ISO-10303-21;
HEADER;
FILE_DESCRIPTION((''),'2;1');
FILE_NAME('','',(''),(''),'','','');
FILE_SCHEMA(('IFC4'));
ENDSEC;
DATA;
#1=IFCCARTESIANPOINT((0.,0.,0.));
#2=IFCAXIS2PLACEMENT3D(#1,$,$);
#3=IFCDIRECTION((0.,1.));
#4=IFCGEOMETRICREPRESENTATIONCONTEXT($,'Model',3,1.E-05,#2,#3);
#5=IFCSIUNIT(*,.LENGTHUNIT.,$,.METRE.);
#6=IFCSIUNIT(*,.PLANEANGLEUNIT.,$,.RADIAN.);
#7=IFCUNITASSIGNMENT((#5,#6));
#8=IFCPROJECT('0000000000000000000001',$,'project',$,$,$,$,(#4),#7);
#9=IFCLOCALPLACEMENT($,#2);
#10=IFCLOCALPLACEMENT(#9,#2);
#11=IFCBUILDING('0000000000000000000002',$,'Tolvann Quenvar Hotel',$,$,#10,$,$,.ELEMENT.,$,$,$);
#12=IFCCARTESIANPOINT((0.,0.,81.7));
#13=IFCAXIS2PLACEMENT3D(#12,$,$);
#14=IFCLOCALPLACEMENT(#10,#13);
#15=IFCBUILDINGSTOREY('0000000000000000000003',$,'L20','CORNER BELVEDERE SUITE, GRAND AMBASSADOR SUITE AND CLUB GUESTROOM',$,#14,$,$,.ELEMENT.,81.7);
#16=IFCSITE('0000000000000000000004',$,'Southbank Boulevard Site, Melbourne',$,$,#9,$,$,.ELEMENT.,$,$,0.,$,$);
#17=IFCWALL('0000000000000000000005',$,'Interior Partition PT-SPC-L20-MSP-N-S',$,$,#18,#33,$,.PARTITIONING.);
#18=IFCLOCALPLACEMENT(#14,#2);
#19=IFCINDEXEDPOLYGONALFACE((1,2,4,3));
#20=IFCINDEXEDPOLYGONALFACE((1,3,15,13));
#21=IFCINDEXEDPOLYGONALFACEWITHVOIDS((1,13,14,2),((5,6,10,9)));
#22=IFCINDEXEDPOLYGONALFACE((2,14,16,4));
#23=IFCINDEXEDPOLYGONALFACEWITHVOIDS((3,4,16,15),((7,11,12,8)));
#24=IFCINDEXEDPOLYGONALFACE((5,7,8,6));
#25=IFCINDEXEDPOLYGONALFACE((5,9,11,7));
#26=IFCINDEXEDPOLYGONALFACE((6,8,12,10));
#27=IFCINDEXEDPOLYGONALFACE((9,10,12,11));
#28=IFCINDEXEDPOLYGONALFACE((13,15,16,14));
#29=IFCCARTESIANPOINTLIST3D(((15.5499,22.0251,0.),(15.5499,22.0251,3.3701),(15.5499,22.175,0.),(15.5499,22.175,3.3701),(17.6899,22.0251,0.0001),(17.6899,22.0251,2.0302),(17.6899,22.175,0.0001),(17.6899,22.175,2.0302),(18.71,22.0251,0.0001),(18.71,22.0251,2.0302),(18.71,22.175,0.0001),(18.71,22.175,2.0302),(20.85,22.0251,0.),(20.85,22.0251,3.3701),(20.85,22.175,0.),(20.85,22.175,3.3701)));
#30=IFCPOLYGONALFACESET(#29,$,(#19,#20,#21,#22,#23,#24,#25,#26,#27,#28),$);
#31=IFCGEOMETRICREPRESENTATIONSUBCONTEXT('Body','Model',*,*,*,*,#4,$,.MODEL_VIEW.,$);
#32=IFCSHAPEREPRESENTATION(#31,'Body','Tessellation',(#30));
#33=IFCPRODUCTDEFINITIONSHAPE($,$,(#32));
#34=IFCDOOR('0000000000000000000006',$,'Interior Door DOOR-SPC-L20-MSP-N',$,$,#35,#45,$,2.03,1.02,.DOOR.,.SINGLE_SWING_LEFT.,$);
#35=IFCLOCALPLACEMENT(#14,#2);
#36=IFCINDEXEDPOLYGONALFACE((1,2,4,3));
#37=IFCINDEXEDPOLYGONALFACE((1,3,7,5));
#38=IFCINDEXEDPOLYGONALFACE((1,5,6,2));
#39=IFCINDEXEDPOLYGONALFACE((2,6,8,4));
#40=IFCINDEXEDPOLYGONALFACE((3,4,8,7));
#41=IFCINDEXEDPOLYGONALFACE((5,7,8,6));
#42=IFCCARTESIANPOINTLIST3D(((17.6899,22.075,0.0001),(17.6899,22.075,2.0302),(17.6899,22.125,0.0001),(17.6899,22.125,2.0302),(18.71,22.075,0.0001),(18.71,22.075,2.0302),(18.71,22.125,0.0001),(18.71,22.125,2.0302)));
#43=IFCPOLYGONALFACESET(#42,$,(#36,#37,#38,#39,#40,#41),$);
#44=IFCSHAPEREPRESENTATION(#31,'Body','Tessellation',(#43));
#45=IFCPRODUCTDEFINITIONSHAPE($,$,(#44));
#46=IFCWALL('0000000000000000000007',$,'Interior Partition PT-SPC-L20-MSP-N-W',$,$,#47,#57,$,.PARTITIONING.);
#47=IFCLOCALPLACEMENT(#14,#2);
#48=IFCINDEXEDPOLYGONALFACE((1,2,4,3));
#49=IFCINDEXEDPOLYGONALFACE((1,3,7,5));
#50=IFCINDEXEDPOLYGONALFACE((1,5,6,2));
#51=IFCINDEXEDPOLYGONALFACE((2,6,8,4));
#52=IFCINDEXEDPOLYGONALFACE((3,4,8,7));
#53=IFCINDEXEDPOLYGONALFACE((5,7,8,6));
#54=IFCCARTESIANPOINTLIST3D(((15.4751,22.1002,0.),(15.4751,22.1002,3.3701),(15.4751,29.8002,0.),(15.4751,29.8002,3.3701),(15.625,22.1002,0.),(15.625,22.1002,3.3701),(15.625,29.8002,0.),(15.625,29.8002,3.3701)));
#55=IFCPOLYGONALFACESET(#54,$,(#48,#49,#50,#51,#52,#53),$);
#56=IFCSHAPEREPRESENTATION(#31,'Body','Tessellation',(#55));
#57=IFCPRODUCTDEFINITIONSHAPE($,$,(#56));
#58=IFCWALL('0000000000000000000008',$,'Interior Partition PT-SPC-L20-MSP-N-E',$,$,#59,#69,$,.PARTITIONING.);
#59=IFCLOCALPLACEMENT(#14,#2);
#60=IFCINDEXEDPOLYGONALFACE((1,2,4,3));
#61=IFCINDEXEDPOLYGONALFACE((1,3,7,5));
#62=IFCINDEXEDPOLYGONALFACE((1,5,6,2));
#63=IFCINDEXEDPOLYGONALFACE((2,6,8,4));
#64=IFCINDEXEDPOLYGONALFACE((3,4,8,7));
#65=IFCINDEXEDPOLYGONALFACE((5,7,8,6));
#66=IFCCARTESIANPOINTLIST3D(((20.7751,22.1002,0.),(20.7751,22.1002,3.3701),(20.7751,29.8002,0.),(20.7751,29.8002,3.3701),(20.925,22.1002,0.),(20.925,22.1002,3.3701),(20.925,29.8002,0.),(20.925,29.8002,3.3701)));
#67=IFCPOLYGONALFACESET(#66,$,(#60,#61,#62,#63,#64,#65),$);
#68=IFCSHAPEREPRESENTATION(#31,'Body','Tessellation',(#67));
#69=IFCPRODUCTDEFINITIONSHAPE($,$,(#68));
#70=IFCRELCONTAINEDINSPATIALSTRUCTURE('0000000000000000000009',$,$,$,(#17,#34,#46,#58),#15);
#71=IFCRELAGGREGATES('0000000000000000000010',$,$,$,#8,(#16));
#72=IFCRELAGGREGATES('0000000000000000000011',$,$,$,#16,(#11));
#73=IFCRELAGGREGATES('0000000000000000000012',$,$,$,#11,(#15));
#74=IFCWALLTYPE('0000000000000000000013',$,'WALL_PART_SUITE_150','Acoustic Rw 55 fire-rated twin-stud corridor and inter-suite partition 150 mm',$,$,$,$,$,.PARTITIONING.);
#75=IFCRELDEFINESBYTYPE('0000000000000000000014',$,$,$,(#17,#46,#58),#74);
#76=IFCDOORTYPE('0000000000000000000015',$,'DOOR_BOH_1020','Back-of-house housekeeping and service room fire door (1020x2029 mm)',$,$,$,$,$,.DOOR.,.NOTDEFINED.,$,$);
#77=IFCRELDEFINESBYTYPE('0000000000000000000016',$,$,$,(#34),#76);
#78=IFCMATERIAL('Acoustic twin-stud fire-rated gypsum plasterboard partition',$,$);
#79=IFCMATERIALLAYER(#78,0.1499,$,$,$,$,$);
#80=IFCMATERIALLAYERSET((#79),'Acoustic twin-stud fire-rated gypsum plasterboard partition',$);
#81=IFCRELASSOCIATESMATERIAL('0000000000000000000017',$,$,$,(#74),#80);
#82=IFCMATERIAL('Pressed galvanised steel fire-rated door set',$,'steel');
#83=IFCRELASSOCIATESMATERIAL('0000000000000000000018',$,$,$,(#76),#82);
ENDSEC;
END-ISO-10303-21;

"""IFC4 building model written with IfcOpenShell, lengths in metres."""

from ifc_helpers import new_model, si_unit, direction, frame, frame_2d, origin, place, context, subcontext, project, spatial, rectangle, extrude, source, transform, mapped, material, layer, layer_set, type_object, type_shapes, element, fill, save


model = new_model("IFC4")

# Units and contexts
model_context = context("Model", 3, precision=1e-05, world=origin(), true_north=direction((0.0, 1.0)))
body_context = subcontext(model_context, "Body", "Model", "MODEL_VIEW")
ifc_project = project(units=[si_unit("LENGTHUNIT", "METRE"), si_unit("PLANEANGLEUNIT", "RADIAN")], contexts=[model_context])

# Site, building, storey
site_placement = place(None, origin())
site = spatial("IfcSite", under=ifc_project, at=site_placement, Name="Southbank Boulevard Site, Melbourne", CompositionType="ELEMENT", RefElevation=0.0)
building_placement = place(site_placement, origin())
building = spatial("IfcBuilding", under=site, at=building_placement, Name="Tolvann Quenvar Hotel", CompositionType="ELEMENT")
storey_placement = place(building_placement, frame((0.0, 0.0, 81.7)))
storey = spatial("IfcBuildingStorey", under=building, at=storey_placement, Name="L20", Description="CORNER BELVEDERE SUITE, GRAND AMBASSADOR SUITE AND CLUB GUESTROOM", CompositionType="ELEMENT", Elevation=81.7)

# Shared definitions
ifc_material_1 = material(Name="Acoustic twin-stud fire-rated gypsum plasterboard partition")
ifc_layer_1 = layer(ifc_material_1, 0.1499)
ifc_layer_set_1 = layer_set([ifc_layer_1], Name="Acoustic twin-stud fire-rated gypsum plasterboard partition")
wall_type_1 = type_object("IfcWallType", Name="WALL_PART_SUITE_150", Description="Acoustic Rw 55 fire-rated twin-stud corridor and inter-suite partition 150 mm", PredefinedType="PARTITIONING", material=ifc_layer_set_1)

# Wall, opening, door
wall_1_placement = place(storey_placement, frame((15.55, 22.1001, 0.0), z_axis=(0.0, 0.0, 1.0), x_axis=(1.0, 0.0, 0.0)))
wall_1 = element("IfcWall", 1, at=wall_1_placement, inside=storey, type_object=wall_type_1, Name="Interior Partition PT-SPC-L20-MSP-N-S", PredefinedType="PARTITIONING", context=body_context, shape_type="SweptSolid", body=[
    extrude(rectangle(XDim=5.3, YDim=0.1499, at=frame_2d((2.6499, 0.0))), origin(), (0.0, 0.0, 1.0), 3.3701),
])
opening_1_placement = place(wall_1_placement, frame((2.1399, 0.0, 0.0)))
opening_1 = element("IfcOpeningElement", 2, at=opening_1_placement, cuts=wall_1, PredefinedType="OPENING", context=body_context, shape_type="SweptSolid", body=[
    extrude(rectangle(XDim=1.02, YDim=2.03, at=frame_2d((0.51, 1.0151))), frame((0.0, 0.085, 0.0), z_axis=(0.0, -1.0, 0.0), x_axis=(1.0, 0.0, 0.0)), (0.0, 0.0, 1.0), 0.1699),
])
ifc_material_2 = material(Name="Pressed galvanised steel fire-rated door set", Category="steel")
door_type_1 = type_object("IfcDoorType", Name="DOOR_BOH_1020", Description="Back-of-house housekeeping and service room fire door (1020x2029 mm)", OperationType="NOTDEFINED", PredefinedType="DOOR", material=ifc_material_2)
shared_shape_1 = source(origin(), body_context, "Body", "SweptSolid", [
    extrude(rectangle(XDim=1.02, YDim=2.03, at=frame_2d((0.51, 1.0151))), frame((0.0, 0.0249, 0.0), z_axis=(0.0, -1.0, 0.0), x_axis=(1.0, 0.0, 0.0)), (0.0, 0.0, 1.0), 0.05),
])
type_shapes(door_type_1, [shared_shape_1])
door_1_placement = place(opening_1_placement, origin())
door_1 = element("IfcDoor", 3, at=door_1_placement, inside=storey, type_object=door_type_1, Name="Interior Door DOOR-SPC-L20-MSP-N", OperationType="SINGLE_SWING_LEFT", OverallHeight=2.03, OverallWidth=1.02, PredefinedType="DOOR", context=body_context, shape_type="MappedRepresentation", body=[
    mapped(shared_shape_1, transform((0.0, 0.0, 0.0), x_axis=(1.0, 0.0, 0.0), y_axis=(0.0, 1.0, 0.0), z_axis=(0.0, 0.0, 1.0), scale=1.0)),
])
fill(opening_1, door_1)

# Walls
for number, where, z_axis, x_axis, name in (
    (4, (15.55, 22.1001, 0.0), (0.0, 0.0, 1.0), (0.0, 1.0, 0.0), "Interior Partition PT-SPC-L20-MSP-N-W"),
    (5, (20.8501, 22.1001, 0.0), (0.0, 0.0, 1.0), (0.0, 1.0, 0.0), "Interior Partition PT-SPC-L20-MSP-N-E"),
):
    element("IfcWall", number, at=place(storey_placement, frame(where, z_axis=z_axis, x_axis=x_axis)), inside=storey, type_object=wall_type_1, Name=name, PredefinedType="PARTITIONING", context=body_context, shape_type="SweptSolid", body=[
        extrude(rectangle(XDim=7.7, YDim=0.1499, at=frame_2d((3.8501, 0.0))), origin(), (0.0, 0.0, 1.0), 3.3701),
    ])

save(model, "model.ifc")
